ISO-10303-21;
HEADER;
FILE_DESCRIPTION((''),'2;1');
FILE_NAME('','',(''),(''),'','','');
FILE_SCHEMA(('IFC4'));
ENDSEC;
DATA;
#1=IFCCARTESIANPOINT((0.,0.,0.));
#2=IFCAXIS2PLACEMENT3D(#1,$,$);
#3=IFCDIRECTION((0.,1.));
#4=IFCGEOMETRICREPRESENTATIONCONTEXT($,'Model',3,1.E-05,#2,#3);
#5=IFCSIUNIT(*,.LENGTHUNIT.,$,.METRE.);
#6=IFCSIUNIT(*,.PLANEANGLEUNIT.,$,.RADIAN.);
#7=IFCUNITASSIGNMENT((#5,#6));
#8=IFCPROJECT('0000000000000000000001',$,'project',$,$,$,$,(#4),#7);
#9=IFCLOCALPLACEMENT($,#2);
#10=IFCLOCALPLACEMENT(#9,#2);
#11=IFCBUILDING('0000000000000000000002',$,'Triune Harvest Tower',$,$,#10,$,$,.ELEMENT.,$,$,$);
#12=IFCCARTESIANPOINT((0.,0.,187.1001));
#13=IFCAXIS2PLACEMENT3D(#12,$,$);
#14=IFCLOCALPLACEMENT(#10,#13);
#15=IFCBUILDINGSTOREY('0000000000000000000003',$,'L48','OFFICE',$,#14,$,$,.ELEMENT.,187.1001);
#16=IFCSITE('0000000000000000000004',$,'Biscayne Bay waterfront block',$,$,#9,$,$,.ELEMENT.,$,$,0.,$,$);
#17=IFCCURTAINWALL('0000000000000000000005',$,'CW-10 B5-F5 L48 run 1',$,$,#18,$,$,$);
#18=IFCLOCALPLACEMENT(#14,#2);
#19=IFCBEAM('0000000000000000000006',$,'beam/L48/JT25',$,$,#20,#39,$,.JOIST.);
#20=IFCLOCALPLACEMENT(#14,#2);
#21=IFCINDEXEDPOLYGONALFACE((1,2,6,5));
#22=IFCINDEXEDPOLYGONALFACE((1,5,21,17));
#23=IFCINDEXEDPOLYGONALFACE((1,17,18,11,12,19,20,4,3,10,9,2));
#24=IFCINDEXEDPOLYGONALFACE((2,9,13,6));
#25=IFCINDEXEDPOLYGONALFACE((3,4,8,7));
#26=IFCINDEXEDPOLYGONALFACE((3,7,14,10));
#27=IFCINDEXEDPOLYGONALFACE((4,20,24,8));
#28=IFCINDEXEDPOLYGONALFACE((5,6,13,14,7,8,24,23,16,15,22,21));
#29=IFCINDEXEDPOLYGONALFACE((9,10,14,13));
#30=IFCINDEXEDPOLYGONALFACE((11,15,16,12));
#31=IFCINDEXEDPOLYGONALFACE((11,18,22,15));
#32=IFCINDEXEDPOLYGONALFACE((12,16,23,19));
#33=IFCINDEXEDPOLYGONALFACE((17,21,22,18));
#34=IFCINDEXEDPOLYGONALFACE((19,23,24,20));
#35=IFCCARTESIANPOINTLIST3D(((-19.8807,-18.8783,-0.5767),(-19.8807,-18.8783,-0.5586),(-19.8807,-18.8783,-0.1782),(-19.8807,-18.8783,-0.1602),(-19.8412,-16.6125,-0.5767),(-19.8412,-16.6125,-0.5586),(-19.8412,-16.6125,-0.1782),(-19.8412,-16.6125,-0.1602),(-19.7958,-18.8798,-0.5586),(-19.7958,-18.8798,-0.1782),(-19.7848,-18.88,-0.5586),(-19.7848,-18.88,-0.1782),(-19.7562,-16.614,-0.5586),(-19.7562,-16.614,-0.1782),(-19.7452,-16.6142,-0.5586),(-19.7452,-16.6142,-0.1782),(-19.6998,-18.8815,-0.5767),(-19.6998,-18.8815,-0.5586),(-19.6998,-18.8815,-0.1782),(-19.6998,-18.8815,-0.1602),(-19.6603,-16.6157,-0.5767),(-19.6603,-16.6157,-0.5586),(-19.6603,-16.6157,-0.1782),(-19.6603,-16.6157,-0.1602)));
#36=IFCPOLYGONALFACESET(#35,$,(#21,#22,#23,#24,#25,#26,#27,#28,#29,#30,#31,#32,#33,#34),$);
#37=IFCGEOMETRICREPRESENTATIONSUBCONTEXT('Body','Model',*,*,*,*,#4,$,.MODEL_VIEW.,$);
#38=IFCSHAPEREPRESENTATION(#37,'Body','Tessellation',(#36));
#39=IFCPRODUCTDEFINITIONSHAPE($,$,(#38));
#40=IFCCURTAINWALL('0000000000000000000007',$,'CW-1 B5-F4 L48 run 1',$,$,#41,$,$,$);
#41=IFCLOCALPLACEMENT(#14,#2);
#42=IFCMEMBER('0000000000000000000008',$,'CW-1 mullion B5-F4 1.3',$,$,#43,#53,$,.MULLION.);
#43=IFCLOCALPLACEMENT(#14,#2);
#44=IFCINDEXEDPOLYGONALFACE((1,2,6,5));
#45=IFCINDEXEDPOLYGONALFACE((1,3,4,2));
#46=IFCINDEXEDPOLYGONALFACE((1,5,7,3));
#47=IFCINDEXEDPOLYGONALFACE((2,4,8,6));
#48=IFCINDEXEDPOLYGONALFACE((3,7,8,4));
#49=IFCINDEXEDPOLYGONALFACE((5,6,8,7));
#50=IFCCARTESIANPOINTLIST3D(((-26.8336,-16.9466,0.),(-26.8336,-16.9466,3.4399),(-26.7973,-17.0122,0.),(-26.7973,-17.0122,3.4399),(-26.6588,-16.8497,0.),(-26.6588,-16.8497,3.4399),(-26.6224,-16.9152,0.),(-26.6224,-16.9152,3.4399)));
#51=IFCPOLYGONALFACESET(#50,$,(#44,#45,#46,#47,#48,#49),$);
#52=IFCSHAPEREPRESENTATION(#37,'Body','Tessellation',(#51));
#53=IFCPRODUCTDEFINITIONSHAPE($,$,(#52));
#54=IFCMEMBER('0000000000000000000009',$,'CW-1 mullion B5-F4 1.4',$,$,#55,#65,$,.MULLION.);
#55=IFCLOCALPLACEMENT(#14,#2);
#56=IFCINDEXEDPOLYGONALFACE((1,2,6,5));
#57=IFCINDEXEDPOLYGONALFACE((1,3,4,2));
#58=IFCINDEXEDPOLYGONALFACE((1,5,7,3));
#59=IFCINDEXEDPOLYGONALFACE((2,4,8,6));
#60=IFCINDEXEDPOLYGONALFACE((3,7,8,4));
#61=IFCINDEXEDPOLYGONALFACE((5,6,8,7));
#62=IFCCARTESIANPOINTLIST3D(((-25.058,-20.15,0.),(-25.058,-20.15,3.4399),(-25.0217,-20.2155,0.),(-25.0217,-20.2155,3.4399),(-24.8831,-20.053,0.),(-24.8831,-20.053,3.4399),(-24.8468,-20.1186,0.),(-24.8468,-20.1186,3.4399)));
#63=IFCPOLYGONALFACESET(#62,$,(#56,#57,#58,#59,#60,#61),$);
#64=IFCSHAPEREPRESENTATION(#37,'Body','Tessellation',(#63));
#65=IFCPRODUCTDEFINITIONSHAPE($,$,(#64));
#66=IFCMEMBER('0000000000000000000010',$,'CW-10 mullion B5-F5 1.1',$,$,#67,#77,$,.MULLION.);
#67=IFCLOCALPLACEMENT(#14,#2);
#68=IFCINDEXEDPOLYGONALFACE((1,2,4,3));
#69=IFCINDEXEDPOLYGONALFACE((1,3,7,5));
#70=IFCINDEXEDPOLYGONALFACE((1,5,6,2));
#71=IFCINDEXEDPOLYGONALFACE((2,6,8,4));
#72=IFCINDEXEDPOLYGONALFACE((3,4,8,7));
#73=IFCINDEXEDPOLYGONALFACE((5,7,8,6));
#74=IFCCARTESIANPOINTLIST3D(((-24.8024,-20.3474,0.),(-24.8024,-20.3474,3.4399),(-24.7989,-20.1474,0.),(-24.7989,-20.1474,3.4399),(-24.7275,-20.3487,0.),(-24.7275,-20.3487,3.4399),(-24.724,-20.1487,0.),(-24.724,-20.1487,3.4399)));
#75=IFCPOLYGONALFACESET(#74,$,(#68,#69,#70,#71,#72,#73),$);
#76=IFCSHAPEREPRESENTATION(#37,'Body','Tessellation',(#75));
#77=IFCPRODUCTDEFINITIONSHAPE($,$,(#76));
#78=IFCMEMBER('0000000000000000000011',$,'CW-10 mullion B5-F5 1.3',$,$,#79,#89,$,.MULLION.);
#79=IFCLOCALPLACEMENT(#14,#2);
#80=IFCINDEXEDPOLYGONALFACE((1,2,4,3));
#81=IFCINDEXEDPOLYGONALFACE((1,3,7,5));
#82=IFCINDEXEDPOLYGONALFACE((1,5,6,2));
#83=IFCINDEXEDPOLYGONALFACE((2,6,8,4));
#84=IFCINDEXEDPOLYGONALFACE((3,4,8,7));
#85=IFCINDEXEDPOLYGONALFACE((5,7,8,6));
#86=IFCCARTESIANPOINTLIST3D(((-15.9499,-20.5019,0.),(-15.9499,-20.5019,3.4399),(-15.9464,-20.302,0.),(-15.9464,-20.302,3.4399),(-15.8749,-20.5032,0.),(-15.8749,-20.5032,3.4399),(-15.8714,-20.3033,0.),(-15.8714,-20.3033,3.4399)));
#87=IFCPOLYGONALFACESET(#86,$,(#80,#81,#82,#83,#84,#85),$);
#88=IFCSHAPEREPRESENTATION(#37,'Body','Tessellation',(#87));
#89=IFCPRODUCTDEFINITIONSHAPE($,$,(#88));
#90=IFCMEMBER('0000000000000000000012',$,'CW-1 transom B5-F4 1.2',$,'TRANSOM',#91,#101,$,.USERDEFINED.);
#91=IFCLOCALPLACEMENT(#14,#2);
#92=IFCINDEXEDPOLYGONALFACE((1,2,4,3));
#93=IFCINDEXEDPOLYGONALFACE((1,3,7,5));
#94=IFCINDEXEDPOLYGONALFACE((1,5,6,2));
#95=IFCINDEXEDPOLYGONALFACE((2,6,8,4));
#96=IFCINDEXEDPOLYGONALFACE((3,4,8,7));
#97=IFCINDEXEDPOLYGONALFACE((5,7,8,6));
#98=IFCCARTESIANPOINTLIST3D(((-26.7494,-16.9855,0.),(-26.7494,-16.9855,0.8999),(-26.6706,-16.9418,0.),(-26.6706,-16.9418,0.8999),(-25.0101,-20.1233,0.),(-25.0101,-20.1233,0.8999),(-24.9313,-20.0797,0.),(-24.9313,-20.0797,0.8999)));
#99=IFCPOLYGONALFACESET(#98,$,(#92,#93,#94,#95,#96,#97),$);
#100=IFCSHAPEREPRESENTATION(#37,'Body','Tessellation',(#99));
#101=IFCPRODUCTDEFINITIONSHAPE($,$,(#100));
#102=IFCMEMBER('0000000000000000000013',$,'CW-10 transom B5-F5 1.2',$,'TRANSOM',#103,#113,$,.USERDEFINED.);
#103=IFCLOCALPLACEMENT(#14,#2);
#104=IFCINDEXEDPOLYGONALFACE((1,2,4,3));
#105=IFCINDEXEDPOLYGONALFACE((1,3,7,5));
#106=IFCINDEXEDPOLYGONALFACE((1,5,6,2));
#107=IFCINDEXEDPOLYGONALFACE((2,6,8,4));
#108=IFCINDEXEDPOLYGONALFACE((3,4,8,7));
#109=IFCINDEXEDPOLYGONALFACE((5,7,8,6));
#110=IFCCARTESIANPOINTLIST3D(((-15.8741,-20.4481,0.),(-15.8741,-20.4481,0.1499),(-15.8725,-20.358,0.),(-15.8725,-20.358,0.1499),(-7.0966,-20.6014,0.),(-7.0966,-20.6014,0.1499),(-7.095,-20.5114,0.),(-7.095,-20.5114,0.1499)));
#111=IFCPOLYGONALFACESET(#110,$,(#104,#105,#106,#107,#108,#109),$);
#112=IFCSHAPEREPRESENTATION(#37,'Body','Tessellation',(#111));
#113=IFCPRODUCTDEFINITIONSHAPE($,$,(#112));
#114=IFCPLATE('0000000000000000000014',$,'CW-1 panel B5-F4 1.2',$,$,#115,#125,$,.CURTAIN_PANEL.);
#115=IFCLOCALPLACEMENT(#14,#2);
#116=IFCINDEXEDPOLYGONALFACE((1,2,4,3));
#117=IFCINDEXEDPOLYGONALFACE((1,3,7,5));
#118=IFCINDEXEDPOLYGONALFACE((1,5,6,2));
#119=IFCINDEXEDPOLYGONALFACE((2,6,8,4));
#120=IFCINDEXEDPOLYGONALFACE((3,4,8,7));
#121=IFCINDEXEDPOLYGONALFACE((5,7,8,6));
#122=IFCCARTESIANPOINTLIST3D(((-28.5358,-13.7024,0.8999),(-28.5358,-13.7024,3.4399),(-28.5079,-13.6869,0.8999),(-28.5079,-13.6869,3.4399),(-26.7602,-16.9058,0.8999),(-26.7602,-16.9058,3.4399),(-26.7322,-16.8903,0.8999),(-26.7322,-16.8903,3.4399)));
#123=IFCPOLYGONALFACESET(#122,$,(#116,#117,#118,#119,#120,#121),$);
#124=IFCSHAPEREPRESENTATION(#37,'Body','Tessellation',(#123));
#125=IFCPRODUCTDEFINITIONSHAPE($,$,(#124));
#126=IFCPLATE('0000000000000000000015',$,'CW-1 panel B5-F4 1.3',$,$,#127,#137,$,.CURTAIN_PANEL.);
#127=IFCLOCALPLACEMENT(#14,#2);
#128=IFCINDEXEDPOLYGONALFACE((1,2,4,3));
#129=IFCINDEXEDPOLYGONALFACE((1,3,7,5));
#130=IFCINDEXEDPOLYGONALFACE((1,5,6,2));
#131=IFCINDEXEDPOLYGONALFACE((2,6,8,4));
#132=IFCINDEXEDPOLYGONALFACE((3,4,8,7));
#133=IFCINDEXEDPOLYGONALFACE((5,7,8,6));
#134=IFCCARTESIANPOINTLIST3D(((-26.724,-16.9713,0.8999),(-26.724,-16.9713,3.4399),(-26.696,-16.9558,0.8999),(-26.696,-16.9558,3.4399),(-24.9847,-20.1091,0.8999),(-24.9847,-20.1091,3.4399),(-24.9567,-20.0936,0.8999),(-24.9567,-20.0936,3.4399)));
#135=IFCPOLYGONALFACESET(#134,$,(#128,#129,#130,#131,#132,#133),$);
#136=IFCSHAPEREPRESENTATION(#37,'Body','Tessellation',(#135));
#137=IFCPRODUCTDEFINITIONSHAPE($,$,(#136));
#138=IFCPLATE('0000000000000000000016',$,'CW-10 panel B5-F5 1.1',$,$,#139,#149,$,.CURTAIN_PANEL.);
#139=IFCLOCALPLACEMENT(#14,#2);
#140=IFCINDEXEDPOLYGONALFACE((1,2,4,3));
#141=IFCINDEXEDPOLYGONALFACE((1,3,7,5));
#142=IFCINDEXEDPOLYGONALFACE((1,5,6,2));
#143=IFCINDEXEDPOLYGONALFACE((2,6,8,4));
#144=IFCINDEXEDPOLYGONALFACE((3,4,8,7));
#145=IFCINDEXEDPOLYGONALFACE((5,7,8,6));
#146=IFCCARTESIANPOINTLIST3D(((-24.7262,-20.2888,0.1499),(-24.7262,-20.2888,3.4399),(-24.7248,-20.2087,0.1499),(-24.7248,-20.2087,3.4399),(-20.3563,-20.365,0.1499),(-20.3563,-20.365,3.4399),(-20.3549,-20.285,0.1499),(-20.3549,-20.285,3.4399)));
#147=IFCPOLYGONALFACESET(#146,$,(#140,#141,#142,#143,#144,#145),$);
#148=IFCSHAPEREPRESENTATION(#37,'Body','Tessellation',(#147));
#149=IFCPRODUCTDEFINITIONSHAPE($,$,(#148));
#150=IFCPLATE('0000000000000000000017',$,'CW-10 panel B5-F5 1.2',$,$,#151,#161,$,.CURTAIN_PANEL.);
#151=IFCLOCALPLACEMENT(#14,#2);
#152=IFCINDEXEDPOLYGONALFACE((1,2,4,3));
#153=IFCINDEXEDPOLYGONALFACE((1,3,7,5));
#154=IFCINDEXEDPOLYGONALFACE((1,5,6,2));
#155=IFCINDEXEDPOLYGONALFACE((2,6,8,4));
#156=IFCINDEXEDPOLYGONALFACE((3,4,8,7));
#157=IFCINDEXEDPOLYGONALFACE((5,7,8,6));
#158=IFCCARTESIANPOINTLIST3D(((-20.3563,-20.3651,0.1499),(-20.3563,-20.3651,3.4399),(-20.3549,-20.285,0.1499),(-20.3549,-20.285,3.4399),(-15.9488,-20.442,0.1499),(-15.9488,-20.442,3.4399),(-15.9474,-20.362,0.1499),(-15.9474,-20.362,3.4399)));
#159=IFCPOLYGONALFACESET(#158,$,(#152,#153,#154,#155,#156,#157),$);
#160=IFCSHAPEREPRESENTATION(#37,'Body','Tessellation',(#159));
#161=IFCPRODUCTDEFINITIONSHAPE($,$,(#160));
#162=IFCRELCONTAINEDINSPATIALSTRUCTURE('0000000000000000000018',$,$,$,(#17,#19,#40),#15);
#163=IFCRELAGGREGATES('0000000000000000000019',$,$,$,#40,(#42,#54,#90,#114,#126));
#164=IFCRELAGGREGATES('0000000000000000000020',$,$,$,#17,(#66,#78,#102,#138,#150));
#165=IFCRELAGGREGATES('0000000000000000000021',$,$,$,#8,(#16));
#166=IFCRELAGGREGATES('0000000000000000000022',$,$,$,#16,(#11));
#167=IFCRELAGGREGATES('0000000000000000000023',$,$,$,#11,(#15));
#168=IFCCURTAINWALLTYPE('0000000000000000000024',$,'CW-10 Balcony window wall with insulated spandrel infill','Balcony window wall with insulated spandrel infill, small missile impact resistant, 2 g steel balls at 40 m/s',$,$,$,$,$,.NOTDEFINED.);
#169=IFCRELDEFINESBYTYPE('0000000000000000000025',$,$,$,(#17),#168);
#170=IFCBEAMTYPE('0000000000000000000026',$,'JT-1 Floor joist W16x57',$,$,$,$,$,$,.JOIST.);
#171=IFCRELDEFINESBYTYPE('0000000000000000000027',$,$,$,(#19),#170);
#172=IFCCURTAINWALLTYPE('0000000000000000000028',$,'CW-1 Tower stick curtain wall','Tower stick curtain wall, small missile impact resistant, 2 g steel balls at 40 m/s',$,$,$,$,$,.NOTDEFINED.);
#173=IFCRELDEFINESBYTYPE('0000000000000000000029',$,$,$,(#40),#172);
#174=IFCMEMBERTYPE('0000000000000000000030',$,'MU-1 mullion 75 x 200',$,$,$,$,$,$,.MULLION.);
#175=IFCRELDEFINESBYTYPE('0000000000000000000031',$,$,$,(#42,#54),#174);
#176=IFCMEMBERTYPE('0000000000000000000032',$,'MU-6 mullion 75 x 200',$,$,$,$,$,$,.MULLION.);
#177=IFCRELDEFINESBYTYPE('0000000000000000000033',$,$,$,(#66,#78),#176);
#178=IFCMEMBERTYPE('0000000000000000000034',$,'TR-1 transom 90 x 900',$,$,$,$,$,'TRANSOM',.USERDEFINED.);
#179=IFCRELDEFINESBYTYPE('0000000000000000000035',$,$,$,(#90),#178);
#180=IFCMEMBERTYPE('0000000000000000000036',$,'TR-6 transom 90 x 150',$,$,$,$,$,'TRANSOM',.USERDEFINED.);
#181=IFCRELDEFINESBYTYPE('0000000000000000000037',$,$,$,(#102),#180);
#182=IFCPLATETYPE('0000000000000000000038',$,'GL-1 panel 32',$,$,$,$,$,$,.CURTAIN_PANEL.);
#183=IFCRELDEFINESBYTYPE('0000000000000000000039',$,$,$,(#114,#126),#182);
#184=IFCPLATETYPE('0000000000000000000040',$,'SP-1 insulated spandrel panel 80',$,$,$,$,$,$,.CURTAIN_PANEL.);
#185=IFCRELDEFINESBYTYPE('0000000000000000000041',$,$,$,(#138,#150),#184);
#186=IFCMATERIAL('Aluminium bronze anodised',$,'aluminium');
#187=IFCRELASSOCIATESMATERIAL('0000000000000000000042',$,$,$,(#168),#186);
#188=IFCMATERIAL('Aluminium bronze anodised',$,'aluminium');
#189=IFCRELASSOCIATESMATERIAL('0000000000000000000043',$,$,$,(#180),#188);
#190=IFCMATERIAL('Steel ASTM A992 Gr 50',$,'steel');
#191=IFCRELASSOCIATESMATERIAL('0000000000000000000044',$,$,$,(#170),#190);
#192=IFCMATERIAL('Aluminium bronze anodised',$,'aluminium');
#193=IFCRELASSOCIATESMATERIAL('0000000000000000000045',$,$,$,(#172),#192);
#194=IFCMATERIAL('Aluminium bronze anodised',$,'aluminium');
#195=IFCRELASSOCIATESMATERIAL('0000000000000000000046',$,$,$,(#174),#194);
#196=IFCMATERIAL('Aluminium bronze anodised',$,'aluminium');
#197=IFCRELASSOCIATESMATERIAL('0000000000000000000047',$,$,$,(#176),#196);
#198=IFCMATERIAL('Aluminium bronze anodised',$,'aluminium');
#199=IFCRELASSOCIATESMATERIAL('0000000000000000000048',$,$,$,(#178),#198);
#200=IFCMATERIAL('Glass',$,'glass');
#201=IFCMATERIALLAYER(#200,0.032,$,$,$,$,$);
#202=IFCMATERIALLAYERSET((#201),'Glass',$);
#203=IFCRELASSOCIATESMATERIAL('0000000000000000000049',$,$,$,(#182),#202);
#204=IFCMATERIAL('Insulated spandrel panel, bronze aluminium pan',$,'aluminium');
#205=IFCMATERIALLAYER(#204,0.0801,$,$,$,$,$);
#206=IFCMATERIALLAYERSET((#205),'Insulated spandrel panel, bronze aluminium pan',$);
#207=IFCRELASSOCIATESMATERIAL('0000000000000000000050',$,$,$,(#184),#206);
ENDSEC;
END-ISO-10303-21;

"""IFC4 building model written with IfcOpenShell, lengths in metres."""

from ifc_helpers import new_model, si_unit, direction, frame, origin, origin_2d, place, context, subcontext, project, spatial, rectangle, i_section, extrude, source, transform, mapped, material, layer, layer_set, material_profile, profile_set, type_object, element, aggregate, save


model = new_model("IFC4")

# Units and contexts
model_context = context("Model", 3, precision=1e-05, world=origin(), true_north=direction((0.0, 1.0)))
body_context = subcontext(model_context, "Body", "Model", "MODEL_VIEW")
ifc_project = project(units=[si_unit("LENGTHUNIT", "METRE"), si_unit("PLANEANGLEUNIT", "RADIAN")], contexts=[model_context])

# Site, building, storey
site_placement = place(None, origin())
site = spatial("IfcSite", under=ifc_project, at=site_placement, Name="Biscayne Bay waterfront block", CompositionType="ELEMENT", RefElevation=0.0)
building_placement = place(site_placement, origin())
building = spatial("IfcBuilding", under=site, at=building_placement, Name="Triune Harvest Tower", CompositionType="ELEMENT")
storey_placement = place(building_placement, frame((0.0, 0.0, 187.1001)))
storey = spatial("IfcBuildingStorey", under=building, at=storey_placement, Name="L48", Description="OFFICE", CompositionType="ELEMENT", Elevation=187.1001)

# Curtain wall
ifc_material_1 = material(Name="Aluminium bronze anodised", Category="aluminium")
curtain_wall_type_1 = type_object("IfcCurtainWallType", Name="CW-10 Balcony window wall with insulated spandrel infill", Description="Balcony window wall with insulated spandrel infill, small missile impact resistant, 2 g steel balls at 40 m/s", PredefinedType="NOTDEFINED", material=ifc_material_1)
curtain_wall_1_placement = place(storey_placement, origin())
curtain_wall_1 = element("IfcCurtainWall", 1, at=curtain_wall_1_placement, inside=storey, type_object=curtain_wall_type_1, Name="CW-10 B5-F5 L48 run 1")
ifc_material_2 = material(Name="Aluminium bronze anodised", Category="aluminium")
ifc_material_profile_1 = material_profile(ifc_material_2, rectangle(XDim=0.0901, YDim=0.1499, at=origin_2d()), Name="TR-6 transom 90 x 150")
ifc_profile_set_1 = profile_set([ifc_material_profile_1], Name="Aluminium bronze anodised")
member_type_1 = type_object("IfcMemberType", Name="TR-6 transom 90 x 150", ElementType="TRANSOM", PredefinedType="USERDEFINED", material=ifc_profile_set_1)

# Beam
ifc_material_3 = material(Name="Steel ASTM A992 Gr 50", Category="steel")
ifc_material_profile_2 = material_profile(ifc_material_3, i_section(OverallWidth=0.1809, OverallDepth=0.4165, WebThickness=0.011, FlangeThickness=0.0181, at=origin_2d()), Name="W16x57")
ifc_profile_set_2 = profile_set([ifc_material_profile_2], Name="Steel ASTM A992 Gr 50")
beam_type_1 = type_object("IfcBeamType", Name="JT-1 Floor joist W16x57", PredefinedType="JOIST", material=ifc_profile_set_2)
shared_shape_1 = source(origin(), body_context, "Body", "SweptSolid", [
    extrude(i_section(OverallWidth=0.1809, OverallDepth=0.4165, WebThickness=0.011, FlangeThickness=0.0181, at=origin_2d()), origin(), (0.0, 0.0, 1.0), 2.2661),
])
beam_1_placement = place(storey_placement, frame((-19.7903, -18.8799, -0.3684), z_axis=(0.017452, 0.999848, 0.0), x_axis=(-0.999848, 0.017452, 0.0)))
element("IfcBeam", 2, at=beam_1_placement, inside=storey, type_object=beam_type_1, Name="beam/L48/JT25", PredefinedType="JOIST", context=body_context, shape_type="MappedRepresentation", body=[
    mapped(shared_shape_1, transform((0.0, 0.0, 0.0), scale=1.0)),
])

# Curtain wall, members
ifc_material_4 = material(Name="Aluminium bronze anodised", Category="aluminium")
curtain_wall_type_2 = type_object("IfcCurtainWallType", Name="CW-1 Tower stick curtain wall", Description="Tower stick curtain wall, small missile impact resistant, 2 g steel balls at 40 m/s", PredefinedType="NOTDEFINED", material=ifc_material_4)
curtain_wall_2_placement = place(storey_placement, origin())
curtain_wall_2 = element("IfcCurtainWall", 3, at=curtain_wall_2_placement, inside=storey, type_object=curtain_wall_type_2, Name="CW-1 B5-F4 L48 run 1")
ifc_material_5 = material(Name="Aluminium bronze anodised", Category="aluminium")
ifc_material_profile_3 = material_profile(ifc_material_5, rectangle(XDim=0.2, YDim=0.075, at=origin_2d()), Name="MU-1 mullion 75 x 200")
ifc_profile_set_3 = profile_set([ifc_material_profile_3], Name="Aluminium bronze anodised")
member_type_2 = type_object("IfcMemberType", Name="MU-1 mullion 75 x 200", PredefinedType="MULLION", material=ifc_profile_set_3)
shared_shape_2 = source(origin(), body_context, "Body", "SweptSolid", [
    extrude(rectangle(XDim=0.2, YDim=0.075, at=origin_2d()), origin(), (0.0, 0.0, 1.0), 3.4399),
])
member_1_placement = place(storey_placement, frame((-26.728, -16.9309, 0.0), z_axis=(0.0, 0.0, 1.0), x_axis=(0.874624, 0.484802, 0.0)))
member_1 = element("IfcMember", 4, at=member_1_placement, type_object=member_type_2, Name="CW-1 mullion B5-F4 1.3", PredefinedType="MULLION", context=body_context, shape_type="MappedRepresentation", body=[
    mapped(shared_shape_2, transform((0.0, 0.0, 0.0), scale=1.0)),
])
member_2_placement = place(storey_placement, frame((-24.9524, -20.1343, 0.0), z_axis=(0.0, 0.0, 1.0), x_axis=(0.874624, 0.484802, 0.0)))
member_2 = element("IfcMember", 5, at=member_2_placement, type_object=member_type_2, Name="CW-1 mullion B5-F4 1.4", PredefinedType="MULLION", context=body_context, shape_type="MappedRepresentation", body=[
    mapped(shared_shape_2, transform((0.0, 0.0, 0.0), scale=1.0)),
])

# Members
ifc_material_6 = material(Name="Aluminium bronze anodised", Category="aluminium")
ifc_material_profile_4 = material_profile(ifc_material_6, rectangle(XDim=0.2, YDim=0.075, at=origin_2d()), Name="MU-6 mullion 75 x 200")
ifc_profile_set_4 = profile_set([ifc_material_profile_4], Name="Aluminium bronze anodised")
member_type_3 = type_object("IfcMemberType", Name="MU-6 mullion 75 x 200", PredefinedType="MULLION", material=ifc_profile_set_4)
shared_shape_3 = source(origin(), body_context, "Body", "SweptSolid", [
    extrude(rectangle(XDim=0.2, YDim=0.075, at=origin_2d()), origin(), (0.0, 0.0, 1.0), 3.4399),
])
member_3_placement = place(storey_placement, frame((-24.7632, -20.248, 0.0), z_axis=(0.0, 0.0, 1.0), x_axis=(0.017451, 0.999848, 0.0)))
member_3 = element("IfcMember", 6, at=member_3_placement, type_object=member_type_3, Name="CW-10 mullion B5-F5 1.1", PredefinedType="MULLION", context=body_context, shape_type="MappedRepresentation", body=[
    mapped(shared_shape_3, transform((0.0, 0.0, 0.0), scale=1.0)),
])
member_4_placement = place(storey_placement, frame((-15.9106, -20.4026, 0.0), z_axis=(0.0, 0.0, 1.0), x_axis=(0.017451, 0.999848, 0.0)))
member_4 = element("IfcMember", 7, at=member_4_placement, type_object=member_type_3, Name="CW-10 mullion B5-F5 1.3", PredefinedType="MULLION", context=body_context, shape_type="MappedRepresentation", body=[
    mapped(shared_shape_3, transform((0.0, 0.0, 0.0), scale=1.0)),
])
ifc_material_7 = material(Name="Aluminium bronze anodised", Category="aluminium")
ifc_material_profile_5 = material_profile(ifc_material_7, rectangle(XDim=0.0901, YDim=0.8999, at=origin_2d()), Name="TR-1 transom 90 x 900")
ifc_profile_set_5 = profile_set([ifc_material_profile_5], Name="Aluminium bronze anodised")
member_type_4 = type_object("IfcMemberType", Name="TR-1 transom 90 x 900", ElementType="TRANSOM", PredefinedType="USERDEFINED", material=ifc_profile_set_5)
shared_shape_4 = source(origin(), body_context, "Body", "SweptSolid", [
    extrude(rectangle(XDim=0.0901, YDim=0.8999, at=origin_2d()), origin(), (0.0, 0.0, 1.0), 3.5876),
])
member_5_placement = place(storey_placement, frame((-26.71, -16.9636, 0.45), z_axis=(0.484782, -0.874635, 0.0), x_axis=(0.874635, 0.484782, 0.0)))
member_5 = element("IfcMember", 8, at=member_5_placement, type_object=member_type_4, Name="CW-1 transom B5-F4 1.2", ObjectType="TRANSOM", PredefinedType="USERDEFINED", context=body_context, shape_type="MappedRepresentation", body=[
    mapped(shared_shape_4, transform((0.0, 0.0, 0.0), scale=1.0)),
])
shared_shape_5 = source(origin(), body_context, "Body", "SweptSolid", [
    extrude(rectangle(XDim=0.0901, YDim=0.1499, at=origin_2d()), origin(), (0.0, 0.0, 1.0), 8.7788),
])
member_6_placement = place(storey_placement, frame((-15.8733, -20.4031, 0.075), z_axis=(0.999847, -0.017465, 0.0), x_axis=(0.017465, 0.999847, 0.0)))
member_6 = element("IfcMember", 9, at=member_6_placement, type_object=member_type_1, Name="CW-10 transom B5-F5 1.2", ObjectType="TRANSOM", PredefinedType="USERDEFINED", context=body_context, shape_type="MappedRepresentation", body=[
    mapped(shared_shape_5, transform((0.0, 0.0, 0.0), scale=1.0)),
])

# Plates
ifc_material_8 = material(Name="Glass", Category="glass")
ifc_layer_1 = layer(ifc_material_8, 0.032)
ifc_layer_set_1 = layer_set([ifc_layer_1], Name="Glass")
plate_type_1 = type_object("IfcPlateType", Name="GL-1 panel 32", PredefinedType="CURTAIN_PANEL", material=ifc_layer_set_1)
shared_shape_6 = source(origin(), body_context, "Body", "SweptSolid", [
    extrude(rectangle(XDim=3.6626, YDim=0.032, at=origin_2d()), origin(), (0.0, 0.0, 1.0), 2.54),
])
plate_1_placement = place(storey_placement, frame((-27.634, -15.2964, 0.8999), z_axis=(0.0, 0.0, 1.0), x_axis=(0.484802, -0.874624, 0.0)))
plate_1 = element("IfcPlate", 10, at=plate_1_placement, type_object=plate_type_1, Name="CW-1 panel B5-F4 1.2", PredefinedType="CURTAIN_PANEL", context=body_context, shape_type="MappedRepresentation", body=[
    mapped(shared_shape_6, transform((0.0, 0.0, 0.0), scale=1.0)),
])
shared_shape_7 = source(origin(), body_context, "Body", "SweptSolid", [
    extrude(rectangle(XDim=3.5876, YDim=0.032, at=origin_2d()), origin(), (0.0, 0.0, 1.0), 2.54),
])
plate_2_placement = place(storey_placement, frame((-25.8403, -18.5325, 0.8999), z_axis=(0.0, 0.0, 1.0), x_axis=(0.484802, -0.874624, 0.0)))
plate_2 = element("IfcPlate", 11, at=plate_2_placement, type_object=plate_type_1, Name="CW-1 panel B5-F4 1.3", PredefinedType="CURTAIN_PANEL", context=body_context, shape_type="MappedRepresentation", body=[
    mapped(shared_shape_7, transform((0.0, 0.0, 0.0), scale=1.0)),
])
aggregate(curtain_wall_2, [member_1, member_2, member_5, plate_1, plate_2])
ifc_material_9 = material(Name="Insulated spandrel panel, bronze aluminium pan", Category="aluminium")
ifc_layer_2 = layer(ifc_material_9, 0.0801)
ifc_layer_set_2 = layer_set([ifc_layer_2], Name="Insulated spandrel panel, bronze aluminium pan")
plate_type_2 = type_object("IfcPlateType", Name="SP-1 insulated spandrel panel 80", PredefinedType="CURTAIN_PANEL", material=ifc_layer_set_2)
shared_shape_8 = source(origin(), body_context, "Body", "SweptSolid", [
    extrude(rectangle(XDim=4.3706, YDim=0.0801, at=origin_2d()), origin(), (0.0, 0.0, 1.0), 3.29),
])
plate_3_placement = place(storey_placement, frame((-22.5405, -20.2869, 0.1499), z_axis=(0.0, 0.0, 1.0), x_axis=(0.999848, -0.017451, 0.0)))
plate_3 = element("IfcPlate", 12, at=plate_3_placement, type_object=plate_type_2, Name="CW-10 panel B5-F5 1.1", PredefinedType="CURTAIN_PANEL", context=body_context, shape_type="MappedRepresentation", body=[
    mapped(shared_shape_8, transform((0.0, 0.0, 0.0), scale=1.0)),
])
shared_shape_9 = source(origin(), body_context, "Body", "SweptSolid", [
    extrude(rectangle(XDim=4.4082, YDim=0.0801, at=origin_2d()), origin(), (0.0, 0.0, 1.0), 3.29),
])
plate_4_placement = place(storey_placement, frame((-18.1519, -20.3635, 0.1499), z_axis=(0.0, 0.0, 1.0), x_axis=(0.999848, -0.017451, 0.0)))
plate_4 = element("IfcPlate", 13, at=plate_4_placement, type_object=plate_type_2, Name="CW-10 panel B5-F5 1.2", PredefinedType="CURTAIN_PANEL", context=body_context, shape_type="MappedRepresentation", body=[
    mapped(shared_shape_9, transform((0.0, 0.0, 0.0), scale=1.0)),
])
aggregate(curtain_wall_1, [member_3, member_4, member_6, plate_3, plate_4])

save(model, "model.ifc")
